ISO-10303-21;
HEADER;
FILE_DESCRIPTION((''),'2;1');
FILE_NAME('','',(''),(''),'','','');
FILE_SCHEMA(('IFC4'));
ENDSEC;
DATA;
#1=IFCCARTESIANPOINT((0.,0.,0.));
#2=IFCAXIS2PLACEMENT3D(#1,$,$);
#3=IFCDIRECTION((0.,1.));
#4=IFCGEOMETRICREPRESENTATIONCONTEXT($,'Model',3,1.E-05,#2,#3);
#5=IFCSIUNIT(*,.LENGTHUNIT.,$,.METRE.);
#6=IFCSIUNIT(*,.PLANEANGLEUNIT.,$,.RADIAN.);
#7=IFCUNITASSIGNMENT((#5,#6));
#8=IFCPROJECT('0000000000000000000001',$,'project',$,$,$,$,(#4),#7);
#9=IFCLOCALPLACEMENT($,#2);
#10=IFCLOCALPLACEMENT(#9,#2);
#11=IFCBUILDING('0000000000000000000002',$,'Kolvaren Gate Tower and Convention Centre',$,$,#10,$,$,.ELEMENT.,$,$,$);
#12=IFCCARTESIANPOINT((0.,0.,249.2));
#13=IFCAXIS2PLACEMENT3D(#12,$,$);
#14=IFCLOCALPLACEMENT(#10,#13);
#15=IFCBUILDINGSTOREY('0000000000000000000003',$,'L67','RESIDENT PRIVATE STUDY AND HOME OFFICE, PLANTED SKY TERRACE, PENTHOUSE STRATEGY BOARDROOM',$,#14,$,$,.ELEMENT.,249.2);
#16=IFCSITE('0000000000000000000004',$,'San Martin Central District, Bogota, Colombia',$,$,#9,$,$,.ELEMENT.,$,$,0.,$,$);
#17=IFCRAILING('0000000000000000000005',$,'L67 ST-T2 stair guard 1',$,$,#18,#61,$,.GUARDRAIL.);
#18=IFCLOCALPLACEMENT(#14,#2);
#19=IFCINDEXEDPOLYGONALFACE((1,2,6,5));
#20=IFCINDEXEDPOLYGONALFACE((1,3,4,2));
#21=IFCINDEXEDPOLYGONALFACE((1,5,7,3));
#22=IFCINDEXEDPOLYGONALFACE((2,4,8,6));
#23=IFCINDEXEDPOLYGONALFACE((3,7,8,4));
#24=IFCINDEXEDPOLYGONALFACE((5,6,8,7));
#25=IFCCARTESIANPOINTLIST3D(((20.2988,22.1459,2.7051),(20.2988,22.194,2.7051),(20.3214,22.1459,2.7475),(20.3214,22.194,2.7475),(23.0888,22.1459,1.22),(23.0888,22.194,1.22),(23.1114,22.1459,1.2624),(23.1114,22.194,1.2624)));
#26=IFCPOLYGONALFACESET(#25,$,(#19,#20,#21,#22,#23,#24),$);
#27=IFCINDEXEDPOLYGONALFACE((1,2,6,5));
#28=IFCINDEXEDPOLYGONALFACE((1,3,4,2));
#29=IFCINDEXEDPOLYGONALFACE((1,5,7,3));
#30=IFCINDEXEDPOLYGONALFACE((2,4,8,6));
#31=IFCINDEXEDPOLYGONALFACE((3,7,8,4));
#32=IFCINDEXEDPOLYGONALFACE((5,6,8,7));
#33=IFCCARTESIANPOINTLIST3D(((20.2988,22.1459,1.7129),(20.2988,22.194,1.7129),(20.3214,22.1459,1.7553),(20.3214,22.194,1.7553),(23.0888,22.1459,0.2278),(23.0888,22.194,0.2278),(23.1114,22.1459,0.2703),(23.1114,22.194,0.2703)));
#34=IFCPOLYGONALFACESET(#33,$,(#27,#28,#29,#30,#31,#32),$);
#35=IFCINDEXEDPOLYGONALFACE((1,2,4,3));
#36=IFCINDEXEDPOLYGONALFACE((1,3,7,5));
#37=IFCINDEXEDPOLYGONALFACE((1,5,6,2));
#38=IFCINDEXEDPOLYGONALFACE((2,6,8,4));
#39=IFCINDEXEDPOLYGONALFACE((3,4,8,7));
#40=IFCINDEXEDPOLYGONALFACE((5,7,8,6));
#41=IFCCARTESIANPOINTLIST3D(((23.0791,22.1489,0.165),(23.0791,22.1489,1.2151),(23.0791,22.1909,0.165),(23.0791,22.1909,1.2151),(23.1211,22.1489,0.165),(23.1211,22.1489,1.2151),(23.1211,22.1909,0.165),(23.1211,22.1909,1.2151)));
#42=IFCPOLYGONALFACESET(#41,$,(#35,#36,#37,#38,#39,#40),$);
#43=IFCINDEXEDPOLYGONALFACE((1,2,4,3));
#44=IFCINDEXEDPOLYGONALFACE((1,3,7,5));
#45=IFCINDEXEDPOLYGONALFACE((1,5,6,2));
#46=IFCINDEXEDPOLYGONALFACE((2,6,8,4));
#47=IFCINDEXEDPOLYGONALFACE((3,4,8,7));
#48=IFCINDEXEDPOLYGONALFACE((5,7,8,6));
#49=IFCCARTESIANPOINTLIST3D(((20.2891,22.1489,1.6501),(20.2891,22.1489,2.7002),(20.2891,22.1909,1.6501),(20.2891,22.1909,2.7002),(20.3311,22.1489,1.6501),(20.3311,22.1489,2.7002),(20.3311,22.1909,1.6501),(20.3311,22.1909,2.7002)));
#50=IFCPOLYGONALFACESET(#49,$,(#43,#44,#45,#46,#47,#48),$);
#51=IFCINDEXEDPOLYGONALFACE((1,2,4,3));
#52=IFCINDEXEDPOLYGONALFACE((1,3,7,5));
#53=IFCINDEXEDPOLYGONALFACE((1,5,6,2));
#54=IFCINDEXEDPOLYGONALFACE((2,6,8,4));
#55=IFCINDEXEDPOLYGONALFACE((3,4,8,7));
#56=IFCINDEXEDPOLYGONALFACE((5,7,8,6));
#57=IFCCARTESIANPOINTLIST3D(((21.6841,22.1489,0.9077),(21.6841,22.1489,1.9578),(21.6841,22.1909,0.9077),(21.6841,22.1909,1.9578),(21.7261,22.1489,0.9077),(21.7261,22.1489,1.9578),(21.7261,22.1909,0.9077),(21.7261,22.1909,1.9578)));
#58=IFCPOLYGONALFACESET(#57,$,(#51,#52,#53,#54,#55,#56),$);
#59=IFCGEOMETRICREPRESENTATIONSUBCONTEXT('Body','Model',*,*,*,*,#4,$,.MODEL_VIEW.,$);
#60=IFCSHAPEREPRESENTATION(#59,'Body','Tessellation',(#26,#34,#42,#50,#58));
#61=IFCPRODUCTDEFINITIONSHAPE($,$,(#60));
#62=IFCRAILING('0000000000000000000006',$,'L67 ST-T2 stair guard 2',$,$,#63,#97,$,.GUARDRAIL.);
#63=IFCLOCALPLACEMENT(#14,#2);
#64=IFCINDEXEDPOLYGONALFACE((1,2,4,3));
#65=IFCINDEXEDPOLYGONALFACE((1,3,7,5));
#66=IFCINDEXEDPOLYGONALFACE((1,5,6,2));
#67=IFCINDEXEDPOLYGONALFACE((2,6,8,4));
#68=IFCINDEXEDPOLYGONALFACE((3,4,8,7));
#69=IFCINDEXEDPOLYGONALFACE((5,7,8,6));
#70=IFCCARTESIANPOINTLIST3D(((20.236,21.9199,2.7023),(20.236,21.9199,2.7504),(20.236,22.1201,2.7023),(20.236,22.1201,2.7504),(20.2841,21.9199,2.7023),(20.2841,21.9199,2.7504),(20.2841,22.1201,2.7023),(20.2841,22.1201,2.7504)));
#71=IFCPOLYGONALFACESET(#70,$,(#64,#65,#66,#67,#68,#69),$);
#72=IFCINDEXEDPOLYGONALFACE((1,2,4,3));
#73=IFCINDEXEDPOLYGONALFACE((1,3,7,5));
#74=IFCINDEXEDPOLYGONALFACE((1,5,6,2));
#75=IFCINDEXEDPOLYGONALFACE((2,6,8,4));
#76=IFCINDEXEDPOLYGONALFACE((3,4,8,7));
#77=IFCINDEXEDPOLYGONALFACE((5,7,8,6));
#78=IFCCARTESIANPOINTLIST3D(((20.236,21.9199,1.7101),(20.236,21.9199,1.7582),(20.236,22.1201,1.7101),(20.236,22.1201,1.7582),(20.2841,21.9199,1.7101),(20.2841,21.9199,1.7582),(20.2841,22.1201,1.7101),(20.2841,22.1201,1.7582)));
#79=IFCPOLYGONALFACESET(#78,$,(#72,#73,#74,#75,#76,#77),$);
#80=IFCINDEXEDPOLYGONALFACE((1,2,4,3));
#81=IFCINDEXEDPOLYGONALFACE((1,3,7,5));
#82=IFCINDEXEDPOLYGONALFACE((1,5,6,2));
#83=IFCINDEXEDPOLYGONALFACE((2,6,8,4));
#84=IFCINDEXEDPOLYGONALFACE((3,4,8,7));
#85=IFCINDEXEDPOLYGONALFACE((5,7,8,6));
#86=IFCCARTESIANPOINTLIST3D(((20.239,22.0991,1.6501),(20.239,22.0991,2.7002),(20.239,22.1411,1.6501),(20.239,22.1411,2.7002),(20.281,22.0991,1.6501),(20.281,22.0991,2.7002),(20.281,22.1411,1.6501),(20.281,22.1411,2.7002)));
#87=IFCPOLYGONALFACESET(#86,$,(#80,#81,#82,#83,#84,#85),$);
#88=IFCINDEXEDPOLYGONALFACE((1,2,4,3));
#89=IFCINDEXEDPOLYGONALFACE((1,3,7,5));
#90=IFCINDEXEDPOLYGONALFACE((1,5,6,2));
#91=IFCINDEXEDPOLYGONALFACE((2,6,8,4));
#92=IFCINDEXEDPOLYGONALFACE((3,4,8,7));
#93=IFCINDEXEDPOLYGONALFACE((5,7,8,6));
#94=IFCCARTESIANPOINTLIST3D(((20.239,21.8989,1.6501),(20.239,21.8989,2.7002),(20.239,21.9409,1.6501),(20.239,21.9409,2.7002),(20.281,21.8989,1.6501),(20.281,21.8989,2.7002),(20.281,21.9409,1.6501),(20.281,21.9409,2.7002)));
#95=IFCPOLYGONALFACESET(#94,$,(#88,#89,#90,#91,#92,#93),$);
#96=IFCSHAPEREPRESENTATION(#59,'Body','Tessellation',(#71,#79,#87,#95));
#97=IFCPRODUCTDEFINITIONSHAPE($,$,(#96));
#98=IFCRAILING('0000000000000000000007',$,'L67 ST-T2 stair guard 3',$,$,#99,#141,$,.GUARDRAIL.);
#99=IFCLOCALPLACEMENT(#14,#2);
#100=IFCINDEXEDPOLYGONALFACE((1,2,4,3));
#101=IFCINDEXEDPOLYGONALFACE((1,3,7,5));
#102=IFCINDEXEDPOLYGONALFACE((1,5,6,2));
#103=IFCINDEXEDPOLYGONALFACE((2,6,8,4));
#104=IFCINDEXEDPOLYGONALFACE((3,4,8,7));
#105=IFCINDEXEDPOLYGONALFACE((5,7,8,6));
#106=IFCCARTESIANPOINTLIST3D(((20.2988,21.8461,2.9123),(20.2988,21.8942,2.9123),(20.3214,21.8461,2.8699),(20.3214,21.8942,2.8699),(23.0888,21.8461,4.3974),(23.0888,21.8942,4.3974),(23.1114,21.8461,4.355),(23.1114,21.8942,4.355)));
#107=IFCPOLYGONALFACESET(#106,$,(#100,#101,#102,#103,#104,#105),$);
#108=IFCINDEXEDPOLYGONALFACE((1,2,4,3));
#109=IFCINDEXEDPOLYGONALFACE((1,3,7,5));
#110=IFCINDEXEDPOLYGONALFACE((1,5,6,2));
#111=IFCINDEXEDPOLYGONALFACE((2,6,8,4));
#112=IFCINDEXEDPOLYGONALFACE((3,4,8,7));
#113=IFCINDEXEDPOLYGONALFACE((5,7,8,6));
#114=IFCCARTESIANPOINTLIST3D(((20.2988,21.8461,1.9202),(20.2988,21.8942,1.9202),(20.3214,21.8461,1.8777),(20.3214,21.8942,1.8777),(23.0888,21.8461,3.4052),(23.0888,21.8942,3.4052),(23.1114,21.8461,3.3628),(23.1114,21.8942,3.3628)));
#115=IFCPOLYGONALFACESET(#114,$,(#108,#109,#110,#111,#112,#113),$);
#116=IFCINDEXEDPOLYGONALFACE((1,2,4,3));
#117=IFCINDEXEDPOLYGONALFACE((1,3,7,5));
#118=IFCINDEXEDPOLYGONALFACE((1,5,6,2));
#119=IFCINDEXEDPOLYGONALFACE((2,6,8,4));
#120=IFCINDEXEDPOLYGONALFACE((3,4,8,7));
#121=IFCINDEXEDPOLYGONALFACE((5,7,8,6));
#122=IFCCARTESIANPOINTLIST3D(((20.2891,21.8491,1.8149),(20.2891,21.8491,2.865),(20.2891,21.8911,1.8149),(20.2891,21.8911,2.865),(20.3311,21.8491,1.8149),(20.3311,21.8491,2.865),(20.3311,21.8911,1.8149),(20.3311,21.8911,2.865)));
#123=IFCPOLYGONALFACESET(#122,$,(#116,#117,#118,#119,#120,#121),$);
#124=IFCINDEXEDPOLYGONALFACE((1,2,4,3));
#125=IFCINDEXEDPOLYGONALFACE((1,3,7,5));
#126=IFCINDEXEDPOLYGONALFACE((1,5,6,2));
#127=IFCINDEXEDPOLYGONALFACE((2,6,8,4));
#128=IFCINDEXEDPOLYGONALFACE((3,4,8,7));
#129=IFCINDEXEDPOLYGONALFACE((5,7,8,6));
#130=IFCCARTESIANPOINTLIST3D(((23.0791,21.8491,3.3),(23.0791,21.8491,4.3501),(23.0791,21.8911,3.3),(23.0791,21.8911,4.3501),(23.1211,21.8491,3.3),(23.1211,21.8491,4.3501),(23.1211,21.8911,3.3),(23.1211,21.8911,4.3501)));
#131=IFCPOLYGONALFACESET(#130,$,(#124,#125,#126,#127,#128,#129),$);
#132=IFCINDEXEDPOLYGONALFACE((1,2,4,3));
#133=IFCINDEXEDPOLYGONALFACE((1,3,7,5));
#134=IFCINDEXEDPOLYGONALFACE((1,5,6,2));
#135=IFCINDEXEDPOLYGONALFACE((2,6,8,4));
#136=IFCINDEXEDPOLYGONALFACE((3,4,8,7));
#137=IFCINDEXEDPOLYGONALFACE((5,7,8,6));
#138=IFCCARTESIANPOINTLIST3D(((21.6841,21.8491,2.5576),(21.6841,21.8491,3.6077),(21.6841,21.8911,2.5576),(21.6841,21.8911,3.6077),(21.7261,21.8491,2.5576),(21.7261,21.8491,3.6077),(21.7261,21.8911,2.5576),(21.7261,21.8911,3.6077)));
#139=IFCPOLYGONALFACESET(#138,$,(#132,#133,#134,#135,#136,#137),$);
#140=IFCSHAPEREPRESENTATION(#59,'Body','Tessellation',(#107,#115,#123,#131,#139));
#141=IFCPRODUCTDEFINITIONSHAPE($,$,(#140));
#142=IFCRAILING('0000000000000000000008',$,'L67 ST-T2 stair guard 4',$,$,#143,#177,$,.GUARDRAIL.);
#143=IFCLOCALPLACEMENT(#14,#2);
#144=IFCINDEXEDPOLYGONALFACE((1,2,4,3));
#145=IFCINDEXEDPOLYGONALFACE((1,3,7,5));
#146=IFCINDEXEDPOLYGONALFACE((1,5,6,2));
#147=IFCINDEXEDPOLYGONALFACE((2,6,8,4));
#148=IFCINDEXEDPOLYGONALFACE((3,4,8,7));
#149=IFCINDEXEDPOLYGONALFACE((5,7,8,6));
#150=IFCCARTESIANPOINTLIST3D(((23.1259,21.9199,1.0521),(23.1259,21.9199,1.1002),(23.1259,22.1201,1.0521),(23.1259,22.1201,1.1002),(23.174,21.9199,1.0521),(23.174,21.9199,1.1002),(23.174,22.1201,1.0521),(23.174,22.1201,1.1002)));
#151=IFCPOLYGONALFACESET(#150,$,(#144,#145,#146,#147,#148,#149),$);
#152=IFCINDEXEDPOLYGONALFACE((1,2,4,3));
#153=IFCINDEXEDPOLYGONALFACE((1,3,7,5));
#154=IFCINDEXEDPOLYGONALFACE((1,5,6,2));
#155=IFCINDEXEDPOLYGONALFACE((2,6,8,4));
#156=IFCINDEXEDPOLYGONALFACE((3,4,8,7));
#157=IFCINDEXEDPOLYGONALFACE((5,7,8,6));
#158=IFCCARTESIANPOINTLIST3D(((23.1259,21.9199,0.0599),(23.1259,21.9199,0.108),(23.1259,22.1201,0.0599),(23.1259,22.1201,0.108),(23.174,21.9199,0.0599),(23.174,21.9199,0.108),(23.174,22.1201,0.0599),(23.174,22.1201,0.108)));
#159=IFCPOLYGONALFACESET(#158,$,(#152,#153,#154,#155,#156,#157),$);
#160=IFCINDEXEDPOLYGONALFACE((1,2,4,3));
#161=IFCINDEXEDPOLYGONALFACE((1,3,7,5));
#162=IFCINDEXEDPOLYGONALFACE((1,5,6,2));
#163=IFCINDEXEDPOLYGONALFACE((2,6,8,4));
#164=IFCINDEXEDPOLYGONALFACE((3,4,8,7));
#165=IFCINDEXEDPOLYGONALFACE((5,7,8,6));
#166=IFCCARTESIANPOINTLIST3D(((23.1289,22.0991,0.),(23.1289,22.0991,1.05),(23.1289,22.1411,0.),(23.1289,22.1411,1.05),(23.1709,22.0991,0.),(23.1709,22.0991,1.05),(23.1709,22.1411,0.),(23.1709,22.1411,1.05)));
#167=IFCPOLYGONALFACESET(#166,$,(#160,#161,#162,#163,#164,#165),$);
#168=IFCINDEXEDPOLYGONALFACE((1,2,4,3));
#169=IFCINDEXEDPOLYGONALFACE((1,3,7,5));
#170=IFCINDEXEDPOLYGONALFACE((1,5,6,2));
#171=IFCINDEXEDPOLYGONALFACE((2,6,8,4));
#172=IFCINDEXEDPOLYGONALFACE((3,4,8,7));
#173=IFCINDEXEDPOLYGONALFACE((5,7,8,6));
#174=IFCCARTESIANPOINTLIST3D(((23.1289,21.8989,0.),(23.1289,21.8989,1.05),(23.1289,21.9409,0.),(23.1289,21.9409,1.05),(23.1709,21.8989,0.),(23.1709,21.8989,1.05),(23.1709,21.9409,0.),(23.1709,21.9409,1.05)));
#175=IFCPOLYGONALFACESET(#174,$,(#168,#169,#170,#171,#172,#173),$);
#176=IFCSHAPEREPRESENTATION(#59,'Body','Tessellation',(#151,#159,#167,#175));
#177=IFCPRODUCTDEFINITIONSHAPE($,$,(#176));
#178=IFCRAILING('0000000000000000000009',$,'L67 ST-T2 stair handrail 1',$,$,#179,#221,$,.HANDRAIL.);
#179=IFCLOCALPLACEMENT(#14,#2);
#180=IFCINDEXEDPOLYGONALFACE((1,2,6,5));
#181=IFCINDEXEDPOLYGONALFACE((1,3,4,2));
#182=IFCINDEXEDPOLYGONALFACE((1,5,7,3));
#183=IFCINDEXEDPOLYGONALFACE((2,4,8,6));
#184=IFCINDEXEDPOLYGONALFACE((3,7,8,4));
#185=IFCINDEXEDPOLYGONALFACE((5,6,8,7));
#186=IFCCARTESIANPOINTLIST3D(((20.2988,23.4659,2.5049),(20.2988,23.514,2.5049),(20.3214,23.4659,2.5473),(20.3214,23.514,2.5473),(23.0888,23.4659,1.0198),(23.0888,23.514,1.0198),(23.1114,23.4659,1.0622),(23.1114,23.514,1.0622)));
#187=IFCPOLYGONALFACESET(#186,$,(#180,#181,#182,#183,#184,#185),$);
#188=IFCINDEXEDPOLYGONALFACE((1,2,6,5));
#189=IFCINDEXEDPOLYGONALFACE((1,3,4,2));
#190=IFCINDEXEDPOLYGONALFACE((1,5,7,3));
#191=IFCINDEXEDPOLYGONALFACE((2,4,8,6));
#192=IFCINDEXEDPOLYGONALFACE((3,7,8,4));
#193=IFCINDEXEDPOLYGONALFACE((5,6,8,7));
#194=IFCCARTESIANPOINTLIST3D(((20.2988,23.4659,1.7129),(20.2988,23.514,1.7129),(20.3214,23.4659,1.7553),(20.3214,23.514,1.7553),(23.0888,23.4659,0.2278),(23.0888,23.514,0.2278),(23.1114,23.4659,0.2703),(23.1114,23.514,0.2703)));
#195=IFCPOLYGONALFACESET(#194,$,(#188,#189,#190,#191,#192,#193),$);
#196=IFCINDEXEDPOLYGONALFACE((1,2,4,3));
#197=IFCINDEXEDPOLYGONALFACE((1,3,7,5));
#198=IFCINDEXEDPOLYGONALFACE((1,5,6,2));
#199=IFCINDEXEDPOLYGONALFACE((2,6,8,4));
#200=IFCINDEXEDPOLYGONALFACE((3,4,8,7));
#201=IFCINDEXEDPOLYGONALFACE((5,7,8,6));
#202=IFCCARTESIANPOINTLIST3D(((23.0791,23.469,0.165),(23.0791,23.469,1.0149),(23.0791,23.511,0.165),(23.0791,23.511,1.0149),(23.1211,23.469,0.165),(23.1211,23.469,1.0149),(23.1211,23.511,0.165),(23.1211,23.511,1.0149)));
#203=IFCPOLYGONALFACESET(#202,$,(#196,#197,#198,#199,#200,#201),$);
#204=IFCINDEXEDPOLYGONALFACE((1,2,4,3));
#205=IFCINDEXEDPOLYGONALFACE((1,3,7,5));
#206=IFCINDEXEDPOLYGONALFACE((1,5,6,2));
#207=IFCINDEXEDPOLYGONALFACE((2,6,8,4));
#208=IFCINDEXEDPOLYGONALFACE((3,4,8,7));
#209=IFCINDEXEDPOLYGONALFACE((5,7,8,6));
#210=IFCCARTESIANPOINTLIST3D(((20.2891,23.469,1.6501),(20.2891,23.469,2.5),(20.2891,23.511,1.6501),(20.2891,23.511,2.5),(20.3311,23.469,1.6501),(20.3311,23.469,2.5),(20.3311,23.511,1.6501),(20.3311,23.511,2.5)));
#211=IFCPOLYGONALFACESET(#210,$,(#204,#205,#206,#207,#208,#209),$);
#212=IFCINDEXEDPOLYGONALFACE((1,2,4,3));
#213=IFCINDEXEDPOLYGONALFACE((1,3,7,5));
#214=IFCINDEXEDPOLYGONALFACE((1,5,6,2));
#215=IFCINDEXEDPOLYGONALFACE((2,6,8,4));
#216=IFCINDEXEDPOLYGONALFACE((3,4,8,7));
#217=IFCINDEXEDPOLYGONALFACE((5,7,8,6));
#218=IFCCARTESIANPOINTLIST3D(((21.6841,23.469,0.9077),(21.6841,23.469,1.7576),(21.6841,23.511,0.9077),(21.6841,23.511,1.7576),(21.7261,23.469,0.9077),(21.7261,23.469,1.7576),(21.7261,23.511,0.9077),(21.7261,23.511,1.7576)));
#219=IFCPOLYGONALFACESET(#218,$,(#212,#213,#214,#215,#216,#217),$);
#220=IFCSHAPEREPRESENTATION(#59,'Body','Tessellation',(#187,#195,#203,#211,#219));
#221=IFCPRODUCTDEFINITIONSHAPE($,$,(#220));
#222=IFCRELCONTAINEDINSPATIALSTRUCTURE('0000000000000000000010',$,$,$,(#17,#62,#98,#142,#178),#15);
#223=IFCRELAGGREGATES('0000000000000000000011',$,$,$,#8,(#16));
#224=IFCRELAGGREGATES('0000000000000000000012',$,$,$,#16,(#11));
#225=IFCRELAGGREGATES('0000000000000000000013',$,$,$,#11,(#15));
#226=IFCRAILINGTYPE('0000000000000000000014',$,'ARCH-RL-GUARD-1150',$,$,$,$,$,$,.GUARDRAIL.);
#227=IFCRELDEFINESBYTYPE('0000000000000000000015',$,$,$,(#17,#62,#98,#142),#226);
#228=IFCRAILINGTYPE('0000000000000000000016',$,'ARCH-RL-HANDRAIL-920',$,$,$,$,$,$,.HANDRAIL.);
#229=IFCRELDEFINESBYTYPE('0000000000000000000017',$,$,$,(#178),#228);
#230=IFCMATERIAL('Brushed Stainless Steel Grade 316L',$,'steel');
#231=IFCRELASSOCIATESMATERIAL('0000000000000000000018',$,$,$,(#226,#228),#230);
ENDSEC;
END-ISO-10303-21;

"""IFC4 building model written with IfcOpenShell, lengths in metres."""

from ifc_helpers import new_model, si_unit, direction, frame, origin, origin_2d, place, context, subcontext, project, spatial, rectangle, extrude, material, type_object, element, save


model = new_model("IFC4")

# Units and contexts
model_context = context("Model", 3, precision=1e-05, world=origin(), true_north=direction((0.0, 1.0)))
body_context = subcontext(model_context, "Body", "Model", "MODEL_VIEW")
ifc_project = project(units=[si_unit("LENGTHUNIT", "METRE"), si_unit("PLANEANGLEUNIT", "RADIAN")], contexts=[model_context])

# Site, building, storey
site_placement = place(None, origin())
site = spatial("IfcSite", under=ifc_project, at=site_placement, Name="San Martin Central District, Bogota, Colombia", CompositionType="ELEMENT", RefElevation=0.0)
building_placement = place(site_placement, origin())
building = spatial("IfcBuilding", under=site, at=building_placement, Name="Kolvaren Gate Tower and Convention Centre", CompositionType="ELEMENT")
storey_placement = place(building_placement, frame((0.0, 0.0, 249.2)))
storey = spatial("IfcBuildingStorey", under=building, at=storey_placement, Name="L67", Description="RESIDENT PRIVATE STUDY AND HOME OFFICE, PLANTED SKY TERRACE, PENTHOUSE STRATEGY BOARDROOM", CompositionType="ELEMENT", Elevation=249.2)

# Railings
ifc_material_1 = material(Name="Brushed Stainless Steel Grade 316L", Category="steel")
railing_type_1 = type_object("IfcRailingType", Name="ARCH-RL-GUARD-1150", PredefinedType="GUARDRAIL", material=ifc_material_1)
railing_1_placement = place(storey_placement, frame((23.1001, 22.1699, 0.165)))
element("IfcRailing", 1, at=railing_1_placement, inside=storey, type_object=railing_type_1, Name="L67 ST-T2 stair guard 1", PredefinedType="GUARDRAIL", context=body_context, shape_type="SweptSolid", body=[
    extrude(rectangle(XDim=0.0481, YDim=0.0481, at=origin_2d()), frame((0.0, 0.0, 1.0762), z_axis=(-0.882735, 0.0, 0.46987), x_axis=(0.0, -1.0, 0.0)), (0.0, 0.0, 1.0), 3.1606),
    extrude(rectangle(XDim=0.0481, YDim=0.0481, at=origin_2d()), frame((0.0, 0.0, 0.084), z_axis=(-0.882735, 0.0, 0.46987), x_axis=(0.0, -1.0, 0.0)), (0.0, 0.0, 1.0), 3.1606),
    extrude(rectangle(XDim=0.042, YDim=0.042, at=origin_2d()), origin(), (0.0, 0.0, 1.0), 1.05),
    extrude(rectangle(XDim=0.042, YDim=0.042, at=origin_2d()), frame((-2.79, 0.0, 1.4851)), (0.0, 0.0, 1.0), 1.05),
    extrude(rectangle(XDim=0.042, YDim=0.042, at=origin_2d()), frame((-1.395, 0.0, 0.7427)), (0.0, 0.0, 1.0), 1.05),
])
railing_2_placement = place(storey_placement, frame((20.26, 22.1201, 1.6501)))
element("IfcRailing", 2, at=railing_2_placement, inside=storey, type_object=railing_type_1, Name="L67 ST-T2 stair guard 2", PredefinedType="GUARDRAIL", context=body_context, shape_type="SweptSolid", body=[
    extrude(rectangle(XDim=0.0481, YDim=0.0481, at=origin_2d()), frame((0.0, 0.0, 1.0762), z_axis=(0.0, -1.0, 0.0), x_axis=(1.0, 0.0, 0.0)), (0.0, 0.0, 1.0), 0.2002),
    extrude(rectangle(XDim=0.0481, YDim=0.0481, at=origin_2d()), frame((0.0, 0.0, 0.084), z_axis=(0.0, -1.0, 0.0), x_axis=(1.0, 0.0, 0.0)), (0.0, 0.0, 1.0), 0.2002),
    extrude(rectangle(XDim=0.042, YDim=0.042, at=origin_2d()), origin(), (0.0, 0.0, 1.0), 1.05),
    extrude(rectangle(XDim=0.042, YDim=0.042, at=origin_2d()), frame((0.0, -0.2002, 0.0)), (0.0, 0.0, 1.0), 1.05),
])
railing_3_placement = place(storey_placement, frame((20.3101, 21.8701, 1.8149)))
element("IfcRailing", 3, at=railing_3_placement, inside=storey, type_object=railing_type_1, Name="L67 ST-T2 stair guard 3", PredefinedType="GUARDRAIL", context=body_context, shape_type="SweptSolid", body=[
    extrude(rectangle(XDim=0.0481, YDim=0.0481, at=origin_2d()), frame((0.0, 0.0, 1.0762), z_axis=(0.882735, 0.0, 0.46987), x_axis=(0.0, 1.0, 0.0)), (0.0, 0.0, 1.0), 3.1606),
    extrude(rectangle(XDim=0.0481, YDim=0.0481, at=origin_2d()), frame((0.0, 0.0, 0.084), z_axis=(0.882735, 0.0, 0.46987), x_axis=(0.0, 1.0, 0.0)), (0.0, 0.0, 1.0), 3.1606),
    extrude(rectangle(XDim=0.042, YDim=0.042, at=origin_2d()), origin(), (0.0, 0.0, 1.0), 1.05),
    extrude(rectangle(XDim=0.042, YDim=0.042, at=origin_2d()), frame((2.79, 0.0, 1.4851)), (0.0, 0.0, 1.0), 1.05),
    extrude(rectangle(XDim=0.042, YDim=0.042, at=origin_2d()), frame((1.395, 0.0, 0.7427)), (0.0, 0.0, 1.0), 1.05),
])
railing_4_placement = place(storey_placement, frame((23.1499, 22.1201, 0.0)))
element("IfcRailing", 4, at=railing_4_placement, inside=storey, type_object=railing_type_1, Name="L67 ST-T2 stair guard 4", PredefinedType="GUARDRAIL", context=body_context, shape_type="SweptSolid", body=[
    extrude(rectangle(XDim=0.0481, YDim=0.0481, at=origin_2d()), frame((0.0, 0.0, 1.0762), z_axis=(0.0, -1.0, 0.0), x_axis=(1.0, 0.0, 0.0)), (0.0, 0.0, 1.0), 0.2002),
    extrude(rectangle(XDim=0.0481, YDim=0.0481, at=origin_2d()), frame((0.0, 0.0, 0.084), z_axis=(0.0, -1.0, 0.0), x_axis=(1.0, 0.0, 0.0)), (0.0, 0.0, 1.0), 0.2002),
    extrude(rectangle(XDim=0.042, YDim=0.042, at=origin_2d()), origin(), (0.0, 0.0, 1.0), 1.05),
    extrude(rectangle(XDim=0.042, YDim=0.042, at=origin_2d()), frame((0.0, -0.2002, 0.0)), (0.0, 0.0, 1.0), 1.05),
])
railing_type_2 = type_object("IfcRailingType", Name="ARCH-RL-HANDRAIL-920", PredefinedType="HANDRAIL", material=ifc_material_1)
railing_5_placement = place(storey_placement, frame((23.1001, 23.49, 0.165)))
element("IfcRailing", 5, at=railing_5_placement, inside=storey, type_object=railing_type_2, Name="L67 ST-T2 stair handrail 1", PredefinedType="HANDRAIL", context=body_context, shape_type="SweptSolid", body=[
    extrude(rectangle(XDim=0.0481, YDim=0.0481, at=origin_2d()), frame((0.0, 0.0, 0.876), z_axis=(-0.882735, 0.0, 0.46987), x_axis=(0.0, -1.0, 0.0)), (0.0, 0.0, 1.0), 3.1606),
    extrude(rectangle(XDim=0.0481, YDim=0.0481, at=origin_2d()), frame((0.0, 0.0, 0.084), z_axis=(-0.882735, 0.0, 0.46987), x_axis=(0.0, -1.0, 0.0)), (0.0, 0.0, 1.0), 3.1606),
    extrude(rectangle(XDim=0.042, YDim=0.042, at=origin_2d()), origin(), (0.0, 0.0, 1.0), 0.8499),
    extrude(rectangle(XDim=0.042, YDim=0.042, at=origin_2d()), frame((-2.79, 0.0, 1.4851)), (0.0, 0.0, 1.0), 0.8499),
    extrude(rectangle(XDim=0.042, YDim=0.042, at=origin_2d()), frame((-1.395, 0.0, 0.7427)), (0.0, 0.0, 1.0), 0.8499),
])

save(model, "model.ifc")
